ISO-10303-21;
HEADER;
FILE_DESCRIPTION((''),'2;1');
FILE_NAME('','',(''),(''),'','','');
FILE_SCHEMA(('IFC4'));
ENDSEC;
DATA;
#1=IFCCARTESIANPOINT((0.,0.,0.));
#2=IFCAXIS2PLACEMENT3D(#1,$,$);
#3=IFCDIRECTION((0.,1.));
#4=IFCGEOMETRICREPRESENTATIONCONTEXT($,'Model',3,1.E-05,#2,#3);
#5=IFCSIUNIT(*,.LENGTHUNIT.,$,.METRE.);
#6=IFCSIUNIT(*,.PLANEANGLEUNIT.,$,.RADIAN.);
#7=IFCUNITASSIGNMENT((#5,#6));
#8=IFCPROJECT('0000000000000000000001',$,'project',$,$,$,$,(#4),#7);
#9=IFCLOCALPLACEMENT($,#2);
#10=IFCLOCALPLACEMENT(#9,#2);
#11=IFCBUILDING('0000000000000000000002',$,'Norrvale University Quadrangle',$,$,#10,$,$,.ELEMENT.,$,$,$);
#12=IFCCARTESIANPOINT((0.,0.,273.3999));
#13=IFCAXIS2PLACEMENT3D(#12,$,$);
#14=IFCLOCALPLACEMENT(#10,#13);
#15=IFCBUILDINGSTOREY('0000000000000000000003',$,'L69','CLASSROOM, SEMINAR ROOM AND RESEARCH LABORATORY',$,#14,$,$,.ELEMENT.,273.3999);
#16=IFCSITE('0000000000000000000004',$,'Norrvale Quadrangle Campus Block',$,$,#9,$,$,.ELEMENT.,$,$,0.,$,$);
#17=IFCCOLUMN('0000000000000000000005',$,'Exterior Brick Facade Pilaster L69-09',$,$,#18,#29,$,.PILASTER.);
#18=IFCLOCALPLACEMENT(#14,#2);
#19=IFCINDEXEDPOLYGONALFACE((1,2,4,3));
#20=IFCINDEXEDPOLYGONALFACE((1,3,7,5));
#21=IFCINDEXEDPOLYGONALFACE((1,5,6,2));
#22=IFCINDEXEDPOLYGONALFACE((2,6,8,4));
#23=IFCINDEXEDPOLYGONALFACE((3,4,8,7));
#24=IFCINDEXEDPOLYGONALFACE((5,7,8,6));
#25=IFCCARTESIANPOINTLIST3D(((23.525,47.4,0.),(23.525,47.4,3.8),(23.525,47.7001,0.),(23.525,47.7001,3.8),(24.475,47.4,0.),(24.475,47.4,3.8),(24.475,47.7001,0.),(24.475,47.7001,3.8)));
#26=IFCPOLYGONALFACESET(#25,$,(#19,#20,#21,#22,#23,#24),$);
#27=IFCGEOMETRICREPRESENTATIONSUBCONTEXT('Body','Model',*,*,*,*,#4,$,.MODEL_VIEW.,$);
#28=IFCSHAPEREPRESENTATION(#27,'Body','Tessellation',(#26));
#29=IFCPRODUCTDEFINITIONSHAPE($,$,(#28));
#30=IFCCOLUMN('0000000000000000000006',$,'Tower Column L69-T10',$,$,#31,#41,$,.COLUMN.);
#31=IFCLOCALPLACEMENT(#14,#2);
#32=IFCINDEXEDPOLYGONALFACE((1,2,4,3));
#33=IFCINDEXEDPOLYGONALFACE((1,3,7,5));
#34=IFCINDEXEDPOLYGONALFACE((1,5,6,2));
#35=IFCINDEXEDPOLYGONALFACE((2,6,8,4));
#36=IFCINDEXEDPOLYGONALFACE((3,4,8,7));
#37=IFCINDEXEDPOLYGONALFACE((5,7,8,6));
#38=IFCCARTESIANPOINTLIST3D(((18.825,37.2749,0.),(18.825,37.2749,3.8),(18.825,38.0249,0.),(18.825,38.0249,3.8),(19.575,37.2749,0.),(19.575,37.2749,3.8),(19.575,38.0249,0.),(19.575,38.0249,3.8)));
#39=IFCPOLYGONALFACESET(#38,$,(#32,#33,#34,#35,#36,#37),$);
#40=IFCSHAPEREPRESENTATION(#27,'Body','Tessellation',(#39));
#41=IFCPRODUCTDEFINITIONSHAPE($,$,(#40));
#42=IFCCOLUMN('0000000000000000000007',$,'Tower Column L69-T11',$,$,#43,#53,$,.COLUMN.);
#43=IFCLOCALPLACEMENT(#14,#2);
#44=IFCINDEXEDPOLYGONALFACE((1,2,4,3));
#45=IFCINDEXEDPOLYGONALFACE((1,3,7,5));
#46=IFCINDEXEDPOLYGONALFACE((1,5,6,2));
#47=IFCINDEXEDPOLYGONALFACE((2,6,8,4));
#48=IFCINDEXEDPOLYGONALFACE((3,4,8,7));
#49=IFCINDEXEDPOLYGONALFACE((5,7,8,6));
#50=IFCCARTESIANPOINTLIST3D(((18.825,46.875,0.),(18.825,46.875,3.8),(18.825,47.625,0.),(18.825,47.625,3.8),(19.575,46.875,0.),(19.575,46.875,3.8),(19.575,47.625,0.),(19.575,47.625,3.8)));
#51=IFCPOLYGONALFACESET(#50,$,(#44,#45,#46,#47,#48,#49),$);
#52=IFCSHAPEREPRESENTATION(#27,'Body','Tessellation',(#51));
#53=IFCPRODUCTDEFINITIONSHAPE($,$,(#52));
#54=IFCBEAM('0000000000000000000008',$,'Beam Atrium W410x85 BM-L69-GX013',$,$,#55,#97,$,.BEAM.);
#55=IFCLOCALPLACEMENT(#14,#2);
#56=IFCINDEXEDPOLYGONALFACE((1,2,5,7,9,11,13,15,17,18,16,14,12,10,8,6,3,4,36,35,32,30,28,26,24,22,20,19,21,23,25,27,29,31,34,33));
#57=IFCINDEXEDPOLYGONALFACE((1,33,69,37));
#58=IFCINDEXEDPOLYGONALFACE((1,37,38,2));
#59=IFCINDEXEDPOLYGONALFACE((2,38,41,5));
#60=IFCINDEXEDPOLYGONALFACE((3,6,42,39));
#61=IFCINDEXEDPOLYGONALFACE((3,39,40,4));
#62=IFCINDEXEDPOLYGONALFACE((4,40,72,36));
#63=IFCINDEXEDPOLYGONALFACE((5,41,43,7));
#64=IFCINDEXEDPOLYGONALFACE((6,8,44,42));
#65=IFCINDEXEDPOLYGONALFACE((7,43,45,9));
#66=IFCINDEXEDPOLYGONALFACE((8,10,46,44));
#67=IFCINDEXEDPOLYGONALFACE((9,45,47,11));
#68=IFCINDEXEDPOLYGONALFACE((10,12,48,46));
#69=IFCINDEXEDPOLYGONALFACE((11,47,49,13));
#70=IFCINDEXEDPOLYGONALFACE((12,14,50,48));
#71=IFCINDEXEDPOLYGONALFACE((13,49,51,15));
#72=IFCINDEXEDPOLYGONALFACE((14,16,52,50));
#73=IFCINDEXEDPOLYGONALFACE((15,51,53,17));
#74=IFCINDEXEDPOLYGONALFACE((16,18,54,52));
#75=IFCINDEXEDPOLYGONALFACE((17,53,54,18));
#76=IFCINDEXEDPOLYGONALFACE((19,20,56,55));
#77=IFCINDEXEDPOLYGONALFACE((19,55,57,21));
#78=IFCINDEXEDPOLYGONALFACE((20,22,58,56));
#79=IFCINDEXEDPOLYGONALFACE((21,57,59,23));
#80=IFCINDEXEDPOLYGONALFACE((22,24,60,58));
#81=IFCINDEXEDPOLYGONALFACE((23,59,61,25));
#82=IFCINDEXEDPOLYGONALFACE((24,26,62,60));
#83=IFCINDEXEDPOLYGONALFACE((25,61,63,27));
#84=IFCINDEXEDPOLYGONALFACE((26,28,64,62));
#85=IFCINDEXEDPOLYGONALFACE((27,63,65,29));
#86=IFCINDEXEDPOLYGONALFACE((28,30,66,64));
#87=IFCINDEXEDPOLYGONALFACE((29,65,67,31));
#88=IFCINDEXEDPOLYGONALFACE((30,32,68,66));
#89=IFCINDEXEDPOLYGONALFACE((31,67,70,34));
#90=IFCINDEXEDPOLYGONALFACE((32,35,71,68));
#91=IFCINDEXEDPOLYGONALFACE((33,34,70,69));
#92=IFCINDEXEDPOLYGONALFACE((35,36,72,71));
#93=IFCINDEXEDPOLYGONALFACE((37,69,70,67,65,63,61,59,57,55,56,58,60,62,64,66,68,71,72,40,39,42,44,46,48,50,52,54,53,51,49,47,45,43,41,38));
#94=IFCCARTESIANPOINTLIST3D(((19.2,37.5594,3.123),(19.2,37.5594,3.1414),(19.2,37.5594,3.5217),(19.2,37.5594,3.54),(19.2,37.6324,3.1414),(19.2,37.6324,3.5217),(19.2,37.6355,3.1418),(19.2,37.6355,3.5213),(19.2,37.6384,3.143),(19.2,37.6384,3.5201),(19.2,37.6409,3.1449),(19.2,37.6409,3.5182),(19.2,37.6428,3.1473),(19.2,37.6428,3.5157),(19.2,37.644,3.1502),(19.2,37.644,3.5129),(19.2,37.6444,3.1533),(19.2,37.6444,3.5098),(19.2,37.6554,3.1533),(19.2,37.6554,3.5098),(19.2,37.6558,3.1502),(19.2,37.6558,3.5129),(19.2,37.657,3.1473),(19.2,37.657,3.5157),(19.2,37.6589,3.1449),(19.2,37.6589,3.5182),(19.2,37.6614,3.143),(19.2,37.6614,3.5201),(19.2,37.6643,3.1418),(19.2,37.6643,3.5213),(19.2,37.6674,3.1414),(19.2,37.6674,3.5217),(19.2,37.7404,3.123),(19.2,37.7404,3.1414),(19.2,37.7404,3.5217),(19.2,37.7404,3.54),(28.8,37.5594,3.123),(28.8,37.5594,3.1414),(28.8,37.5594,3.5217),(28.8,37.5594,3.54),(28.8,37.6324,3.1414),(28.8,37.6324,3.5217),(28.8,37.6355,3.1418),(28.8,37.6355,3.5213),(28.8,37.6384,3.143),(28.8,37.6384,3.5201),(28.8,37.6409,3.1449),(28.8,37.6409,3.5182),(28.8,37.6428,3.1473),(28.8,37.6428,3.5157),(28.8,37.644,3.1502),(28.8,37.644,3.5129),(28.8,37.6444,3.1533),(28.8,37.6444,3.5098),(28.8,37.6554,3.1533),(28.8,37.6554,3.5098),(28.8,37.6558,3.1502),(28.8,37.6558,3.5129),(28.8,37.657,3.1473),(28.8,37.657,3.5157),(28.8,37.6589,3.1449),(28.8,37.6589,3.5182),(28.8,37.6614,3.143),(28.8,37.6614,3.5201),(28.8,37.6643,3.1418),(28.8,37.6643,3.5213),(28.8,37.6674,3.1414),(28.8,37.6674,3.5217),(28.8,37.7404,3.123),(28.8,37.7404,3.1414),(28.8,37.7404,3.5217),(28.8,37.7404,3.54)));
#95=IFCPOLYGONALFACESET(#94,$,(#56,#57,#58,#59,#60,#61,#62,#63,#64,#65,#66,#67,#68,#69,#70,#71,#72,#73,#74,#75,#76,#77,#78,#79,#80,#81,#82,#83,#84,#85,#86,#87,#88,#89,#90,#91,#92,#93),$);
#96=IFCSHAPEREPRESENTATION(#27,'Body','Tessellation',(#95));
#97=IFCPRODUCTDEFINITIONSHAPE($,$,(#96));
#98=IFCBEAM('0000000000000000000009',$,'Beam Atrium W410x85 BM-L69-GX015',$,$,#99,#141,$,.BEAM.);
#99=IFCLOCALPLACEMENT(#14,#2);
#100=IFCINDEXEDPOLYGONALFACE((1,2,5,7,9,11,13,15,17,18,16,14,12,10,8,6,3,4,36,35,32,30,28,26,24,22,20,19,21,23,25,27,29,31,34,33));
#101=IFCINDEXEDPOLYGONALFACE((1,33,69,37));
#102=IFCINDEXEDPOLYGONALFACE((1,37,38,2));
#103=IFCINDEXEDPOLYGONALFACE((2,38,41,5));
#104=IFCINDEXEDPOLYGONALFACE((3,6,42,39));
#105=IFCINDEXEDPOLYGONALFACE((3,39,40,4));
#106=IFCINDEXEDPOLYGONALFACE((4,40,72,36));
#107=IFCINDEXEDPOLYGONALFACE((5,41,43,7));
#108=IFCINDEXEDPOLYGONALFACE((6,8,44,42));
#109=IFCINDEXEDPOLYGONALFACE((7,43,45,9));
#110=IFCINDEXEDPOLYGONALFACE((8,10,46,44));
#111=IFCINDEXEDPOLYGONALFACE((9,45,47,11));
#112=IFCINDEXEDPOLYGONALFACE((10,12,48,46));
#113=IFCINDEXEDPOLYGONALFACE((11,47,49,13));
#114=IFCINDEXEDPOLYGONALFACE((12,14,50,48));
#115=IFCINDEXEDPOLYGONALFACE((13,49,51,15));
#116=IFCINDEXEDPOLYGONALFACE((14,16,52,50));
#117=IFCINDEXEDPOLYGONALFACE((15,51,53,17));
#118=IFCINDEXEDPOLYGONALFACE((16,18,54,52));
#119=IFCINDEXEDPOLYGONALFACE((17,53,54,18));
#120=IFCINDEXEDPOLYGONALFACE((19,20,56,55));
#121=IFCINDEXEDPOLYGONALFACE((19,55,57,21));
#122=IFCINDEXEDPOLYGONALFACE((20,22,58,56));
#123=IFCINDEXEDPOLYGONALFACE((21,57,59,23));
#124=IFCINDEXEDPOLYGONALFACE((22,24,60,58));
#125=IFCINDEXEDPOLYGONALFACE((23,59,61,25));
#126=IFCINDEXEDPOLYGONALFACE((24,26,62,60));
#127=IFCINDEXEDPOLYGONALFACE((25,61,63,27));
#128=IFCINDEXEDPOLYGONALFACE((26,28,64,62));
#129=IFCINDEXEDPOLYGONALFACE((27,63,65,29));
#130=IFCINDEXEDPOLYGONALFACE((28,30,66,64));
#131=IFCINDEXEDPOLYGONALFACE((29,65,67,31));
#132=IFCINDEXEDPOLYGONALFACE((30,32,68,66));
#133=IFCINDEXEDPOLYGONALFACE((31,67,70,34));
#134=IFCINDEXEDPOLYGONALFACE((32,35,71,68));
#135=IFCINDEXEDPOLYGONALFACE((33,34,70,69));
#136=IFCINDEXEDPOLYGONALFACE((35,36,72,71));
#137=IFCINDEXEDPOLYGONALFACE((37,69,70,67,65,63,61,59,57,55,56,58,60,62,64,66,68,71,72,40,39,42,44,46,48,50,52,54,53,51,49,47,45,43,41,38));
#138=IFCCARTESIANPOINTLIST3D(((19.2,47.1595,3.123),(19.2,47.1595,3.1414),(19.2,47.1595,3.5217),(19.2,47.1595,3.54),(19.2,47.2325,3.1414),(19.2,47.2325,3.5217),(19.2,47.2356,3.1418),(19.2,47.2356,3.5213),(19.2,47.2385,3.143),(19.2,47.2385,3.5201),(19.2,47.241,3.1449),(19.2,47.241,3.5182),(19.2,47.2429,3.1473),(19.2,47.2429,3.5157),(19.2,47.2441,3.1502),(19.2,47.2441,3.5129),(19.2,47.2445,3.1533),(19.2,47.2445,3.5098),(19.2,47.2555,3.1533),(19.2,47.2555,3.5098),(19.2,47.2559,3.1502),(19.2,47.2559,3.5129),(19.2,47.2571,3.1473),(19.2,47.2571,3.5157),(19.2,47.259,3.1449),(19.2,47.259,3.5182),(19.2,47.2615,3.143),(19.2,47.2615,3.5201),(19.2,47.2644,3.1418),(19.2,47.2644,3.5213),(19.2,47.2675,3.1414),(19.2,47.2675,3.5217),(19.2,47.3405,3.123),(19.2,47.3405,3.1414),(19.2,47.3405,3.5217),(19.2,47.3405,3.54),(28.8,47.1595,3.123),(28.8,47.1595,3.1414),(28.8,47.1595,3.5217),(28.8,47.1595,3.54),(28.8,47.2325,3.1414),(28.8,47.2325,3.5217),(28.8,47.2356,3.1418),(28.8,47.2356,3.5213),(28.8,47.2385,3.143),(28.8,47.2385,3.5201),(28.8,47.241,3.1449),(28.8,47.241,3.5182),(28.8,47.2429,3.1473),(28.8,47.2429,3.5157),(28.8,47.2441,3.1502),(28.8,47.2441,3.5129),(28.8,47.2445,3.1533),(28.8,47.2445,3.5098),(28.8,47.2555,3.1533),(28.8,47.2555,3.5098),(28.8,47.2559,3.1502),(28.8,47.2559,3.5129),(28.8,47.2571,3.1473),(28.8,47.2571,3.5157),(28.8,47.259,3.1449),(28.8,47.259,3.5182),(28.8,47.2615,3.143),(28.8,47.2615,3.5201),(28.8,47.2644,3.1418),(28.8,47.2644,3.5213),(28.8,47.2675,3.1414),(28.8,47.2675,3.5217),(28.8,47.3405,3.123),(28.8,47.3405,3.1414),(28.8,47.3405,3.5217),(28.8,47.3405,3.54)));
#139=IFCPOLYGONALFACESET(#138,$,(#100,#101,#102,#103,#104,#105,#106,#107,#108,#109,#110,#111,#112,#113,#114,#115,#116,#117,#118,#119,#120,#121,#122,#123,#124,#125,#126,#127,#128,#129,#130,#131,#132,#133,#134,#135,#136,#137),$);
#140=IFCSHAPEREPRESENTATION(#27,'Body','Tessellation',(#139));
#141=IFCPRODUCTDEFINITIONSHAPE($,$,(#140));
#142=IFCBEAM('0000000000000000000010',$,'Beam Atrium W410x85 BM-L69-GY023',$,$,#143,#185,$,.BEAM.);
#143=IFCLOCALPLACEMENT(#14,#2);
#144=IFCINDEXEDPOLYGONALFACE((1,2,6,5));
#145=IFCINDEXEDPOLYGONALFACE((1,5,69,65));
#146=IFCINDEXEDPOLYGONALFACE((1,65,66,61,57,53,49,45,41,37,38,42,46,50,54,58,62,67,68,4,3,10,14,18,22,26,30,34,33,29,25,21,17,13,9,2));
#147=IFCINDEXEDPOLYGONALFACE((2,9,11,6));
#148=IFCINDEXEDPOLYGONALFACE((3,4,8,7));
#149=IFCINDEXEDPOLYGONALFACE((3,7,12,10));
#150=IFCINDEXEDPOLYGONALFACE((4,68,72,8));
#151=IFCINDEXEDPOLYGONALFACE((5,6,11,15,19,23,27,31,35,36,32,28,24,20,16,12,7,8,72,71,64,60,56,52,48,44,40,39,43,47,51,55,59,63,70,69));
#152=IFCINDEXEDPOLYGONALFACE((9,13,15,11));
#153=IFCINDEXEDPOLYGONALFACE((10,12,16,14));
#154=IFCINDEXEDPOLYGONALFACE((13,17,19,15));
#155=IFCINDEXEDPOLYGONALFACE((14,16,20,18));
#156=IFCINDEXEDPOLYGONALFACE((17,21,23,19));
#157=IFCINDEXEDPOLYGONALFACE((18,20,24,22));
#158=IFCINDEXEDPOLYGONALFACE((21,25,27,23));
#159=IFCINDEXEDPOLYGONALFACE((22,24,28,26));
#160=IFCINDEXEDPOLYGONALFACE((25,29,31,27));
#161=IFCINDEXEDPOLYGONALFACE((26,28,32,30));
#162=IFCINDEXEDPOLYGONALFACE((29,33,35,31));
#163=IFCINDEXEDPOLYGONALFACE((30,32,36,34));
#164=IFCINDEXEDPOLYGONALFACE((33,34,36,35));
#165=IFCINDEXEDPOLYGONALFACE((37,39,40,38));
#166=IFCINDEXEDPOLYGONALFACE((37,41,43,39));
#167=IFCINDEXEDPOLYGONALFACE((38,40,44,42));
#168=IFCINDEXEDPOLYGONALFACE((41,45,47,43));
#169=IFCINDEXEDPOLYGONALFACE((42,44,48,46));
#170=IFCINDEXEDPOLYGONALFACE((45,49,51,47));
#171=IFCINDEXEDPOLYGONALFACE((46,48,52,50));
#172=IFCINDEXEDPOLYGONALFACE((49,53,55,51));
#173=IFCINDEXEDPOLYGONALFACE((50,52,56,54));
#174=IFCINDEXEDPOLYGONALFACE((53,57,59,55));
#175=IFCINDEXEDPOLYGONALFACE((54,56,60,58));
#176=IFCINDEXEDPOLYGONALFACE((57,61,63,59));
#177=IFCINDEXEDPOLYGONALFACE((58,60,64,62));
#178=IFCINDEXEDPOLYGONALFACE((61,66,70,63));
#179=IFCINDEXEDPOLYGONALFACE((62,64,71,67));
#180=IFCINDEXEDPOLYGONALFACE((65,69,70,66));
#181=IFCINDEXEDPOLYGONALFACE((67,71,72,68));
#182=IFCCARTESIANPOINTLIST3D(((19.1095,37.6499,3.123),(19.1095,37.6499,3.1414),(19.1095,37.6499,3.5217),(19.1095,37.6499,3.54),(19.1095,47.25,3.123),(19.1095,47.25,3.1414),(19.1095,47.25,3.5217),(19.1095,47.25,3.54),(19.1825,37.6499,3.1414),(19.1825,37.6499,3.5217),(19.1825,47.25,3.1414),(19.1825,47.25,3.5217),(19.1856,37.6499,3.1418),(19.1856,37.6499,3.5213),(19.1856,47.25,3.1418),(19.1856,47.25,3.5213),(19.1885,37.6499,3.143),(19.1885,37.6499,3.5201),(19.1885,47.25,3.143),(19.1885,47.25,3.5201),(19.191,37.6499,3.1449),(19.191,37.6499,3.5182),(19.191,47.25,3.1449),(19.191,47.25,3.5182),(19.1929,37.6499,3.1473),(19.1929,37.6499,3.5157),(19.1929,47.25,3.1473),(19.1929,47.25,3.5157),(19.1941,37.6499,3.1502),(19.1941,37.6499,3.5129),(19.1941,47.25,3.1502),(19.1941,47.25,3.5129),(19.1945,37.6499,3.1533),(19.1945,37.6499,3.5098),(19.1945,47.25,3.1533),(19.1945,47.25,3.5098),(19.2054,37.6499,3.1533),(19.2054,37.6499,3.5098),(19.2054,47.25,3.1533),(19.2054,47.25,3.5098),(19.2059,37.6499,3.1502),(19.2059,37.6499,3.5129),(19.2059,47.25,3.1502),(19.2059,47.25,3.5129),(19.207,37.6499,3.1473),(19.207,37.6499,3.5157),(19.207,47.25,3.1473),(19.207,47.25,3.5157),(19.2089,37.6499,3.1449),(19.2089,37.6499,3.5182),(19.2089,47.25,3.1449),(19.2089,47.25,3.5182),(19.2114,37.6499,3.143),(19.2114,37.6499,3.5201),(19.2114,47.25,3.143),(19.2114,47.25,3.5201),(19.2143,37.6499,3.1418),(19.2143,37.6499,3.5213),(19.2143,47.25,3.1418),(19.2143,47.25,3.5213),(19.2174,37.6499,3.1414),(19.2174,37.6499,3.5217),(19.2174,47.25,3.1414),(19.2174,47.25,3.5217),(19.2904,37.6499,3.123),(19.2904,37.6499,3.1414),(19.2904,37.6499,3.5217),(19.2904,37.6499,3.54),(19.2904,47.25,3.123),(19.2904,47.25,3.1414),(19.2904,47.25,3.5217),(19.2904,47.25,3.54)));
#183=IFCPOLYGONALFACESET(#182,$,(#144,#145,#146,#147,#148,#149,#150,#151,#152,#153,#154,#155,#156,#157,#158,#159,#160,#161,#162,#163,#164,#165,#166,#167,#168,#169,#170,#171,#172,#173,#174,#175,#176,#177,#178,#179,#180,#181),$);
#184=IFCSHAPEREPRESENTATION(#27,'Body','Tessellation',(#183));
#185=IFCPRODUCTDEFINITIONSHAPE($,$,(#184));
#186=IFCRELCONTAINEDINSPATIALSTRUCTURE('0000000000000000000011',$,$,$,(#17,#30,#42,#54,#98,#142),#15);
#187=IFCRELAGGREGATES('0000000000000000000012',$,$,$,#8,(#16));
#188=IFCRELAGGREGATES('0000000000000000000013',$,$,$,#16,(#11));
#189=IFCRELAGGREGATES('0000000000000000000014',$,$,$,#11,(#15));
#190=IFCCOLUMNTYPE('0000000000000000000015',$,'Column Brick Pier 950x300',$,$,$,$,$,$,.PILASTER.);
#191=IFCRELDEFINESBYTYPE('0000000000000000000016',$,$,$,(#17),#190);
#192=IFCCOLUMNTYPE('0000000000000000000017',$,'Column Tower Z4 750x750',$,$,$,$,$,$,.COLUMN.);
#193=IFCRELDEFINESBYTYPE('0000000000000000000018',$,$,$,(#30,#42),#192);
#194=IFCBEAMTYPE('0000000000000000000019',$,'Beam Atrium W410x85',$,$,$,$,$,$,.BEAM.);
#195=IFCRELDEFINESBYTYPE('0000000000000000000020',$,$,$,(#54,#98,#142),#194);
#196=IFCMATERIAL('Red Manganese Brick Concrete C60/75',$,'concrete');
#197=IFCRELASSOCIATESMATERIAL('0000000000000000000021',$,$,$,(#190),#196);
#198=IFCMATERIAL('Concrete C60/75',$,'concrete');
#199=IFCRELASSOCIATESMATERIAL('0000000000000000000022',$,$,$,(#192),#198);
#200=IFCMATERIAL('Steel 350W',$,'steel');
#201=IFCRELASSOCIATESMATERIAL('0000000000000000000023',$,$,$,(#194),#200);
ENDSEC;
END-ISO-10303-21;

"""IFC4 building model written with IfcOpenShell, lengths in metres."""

from ifc_helpers import new_model, si_unit, direction, frame, origin, origin_2d, place, context, subcontext, project, spatial, rectangle, i_section, extrude, material, material_profile, profile_set, type_object, element, save


model = new_model("IFC4")

# Units and contexts
model_context = context("Model", 3, precision=1e-05, world=origin(), true_north=direction((0.0, 1.0)))
body_context = subcontext(model_context, "Body", "Model", "MODEL_VIEW")
ifc_project = project(units=[si_unit("LENGTHUNIT", "METRE"), si_unit("PLANEANGLEUNIT", "RADIAN")], contexts=[model_context])

# Site, building, storey
site_placement = place(None, origin())
site = spatial("IfcSite", under=ifc_project, at=site_placement, Name="Norrvale Quadrangle Campus Block", CompositionType="ELEMENT", RefElevation=0.0)
building_placement = place(site_placement, origin())
building = spatial("IfcBuilding", under=site, at=building_placement, Name="Norrvale University Quadrangle", CompositionType="ELEMENT")
storey_placement = place(building_placement, frame((0.0, 0.0, 273.3999)))
storey = spatial("IfcBuildingStorey", under=building, at=storey_placement, Name="L69", Description="CLASSROOM, SEMINAR ROOM AND RESEARCH LABORATORY", CompositionType="ELEMENT", Elevation=273.3999)

# Columns
ifc_material_1 = material(Name="Red Manganese Brick Concrete C60/75", Category="concrete")
ifc_material_profile_1 = material_profile(ifc_material_1, rectangle(XDim=0.95, YDim=0.3, at=origin_2d()), Name="Red Manganese Brick Concrete C60/75")
ifc_profile_set_1 = profile_set([ifc_material_profile_1], Name="Red Manganese Brick Concrete C60/75")
column_type_1 = type_object("IfcColumnType", Name="Column Brick Pier 950x300", PredefinedType="PILASTER", material=ifc_profile_set_1)
column_placement = place(storey_placement, frame((24.0, 47.55, 0.0), z_axis=(0.0, 0.0, 1.0), x_axis=(1.0, 0.0, 0.0)))
element("IfcColumn", 1, at=column_placement, inside=storey, type_object=column_type_1, Name="Exterior Brick Facade Pilaster L69-09", PredefinedType="PILASTER", context=body_context, shape_type="SweptSolid", body=[
    extrude(rectangle(XDim=0.95, YDim=0.3, at=origin_2d()), origin(), (0.0, 0.0, 1.0), 3.8),
])
ifc_material_2 = material(Name="Concrete C60/75", Category="concrete")
ifc_material_profile_2 = material_profile(ifc_material_2, rectangle(XDim=0.75, YDim=0.75, at=origin_2d()), Name="Concrete C60/75")
ifc_profile_set_2 = profile_set([ifc_material_profile_2], Name="Concrete C60/75")
column_type_2 = type_object("IfcColumnType", Name="Column Tower Z4 750x750", PredefinedType="COLUMN", material=ifc_profile_set_2)
for number, where, z_axis, x_axis, name in (
    (2, (19.2, 37.6499, 0.0), (0.0, 0.0, 1.0), (1.0, 0.0, 0.0), "Tower Column L69-T10"),
    (3, (19.2, 47.25, 0.0), (0.0, 0.0, 1.0), (1.0, 0.0, 0.0), "Tower Column L69-T11"),
):
    element("IfcColumn", number, at=place(storey_placement, frame(where, z_axis=z_axis, x_axis=x_axis)), inside=storey, type_object=column_type_2, Name=name, PredefinedType="COLUMN", context=body_context, shape_type="SweptSolid", body=[
        extrude(rectangle(XDim=0.75, YDim=0.75, at=origin_2d()), origin(), (0.0, 0.0, 1.0), 3.8),
    ])

# Beams
ifc_material_3 = material(Name="Steel 350W", Category="steel")
ifc_material_profile_3 = material_profile(ifc_material_3, i_section(OverallWidth=0.1809, OverallDepth=0.417, WebThickness=0.011, FlangeThickness=0.0183, FilletRadius=0.012, at=origin_2d()), Name="Steel 350W")
ifc_profile_set_3 = profile_set([ifc_material_profile_3], Name="Steel 350W")
beam_type_1 = type_object("IfcBeamType", Name="Beam Atrium W410x85", PredefinedType="BEAM", material=ifc_profile_set_3)
for number, where, z_axis, x_axis, name in (
    (4, (19.2, 37.6499, 3.3315), (1.0, 0.0, 0.0), (0.0, 1.0, 0.0), "Beam Atrium W410x85 BM-L69-GX013"),
    (5, (19.2, 47.25, 3.3315), (1.0, 0.0, 0.0), (0.0, 1.0, 0.0), "Beam Atrium W410x85 BM-L69-GX015"),
    (6, (19.2, 37.6499, 3.3315), (0.0, 1.0, 0.0), (-1.0, 0.0, 0.0), "Beam Atrium W410x85 BM-L69-GY023"),
):
    element("IfcBeam", number, at=place(storey_placement, frame(where, z_axis=z_axis, x_axis=x_axis)), inside=storey, type_object=beam_type_1, Name=name, PredefinedType="BEAM", context=body_context, shape_type="SweptSolid", body=[
        extrude(i_section(OverallWidth=0.1809, OverallDepth=0.417, WebThickness=0.011, FlangeThickness=0.0183, FilletRadius=0.012, at=origin_2d()), origin(), (0.0, 0.0, 1.0), 9.6001),
    ])

save(model, "model.ifc")
